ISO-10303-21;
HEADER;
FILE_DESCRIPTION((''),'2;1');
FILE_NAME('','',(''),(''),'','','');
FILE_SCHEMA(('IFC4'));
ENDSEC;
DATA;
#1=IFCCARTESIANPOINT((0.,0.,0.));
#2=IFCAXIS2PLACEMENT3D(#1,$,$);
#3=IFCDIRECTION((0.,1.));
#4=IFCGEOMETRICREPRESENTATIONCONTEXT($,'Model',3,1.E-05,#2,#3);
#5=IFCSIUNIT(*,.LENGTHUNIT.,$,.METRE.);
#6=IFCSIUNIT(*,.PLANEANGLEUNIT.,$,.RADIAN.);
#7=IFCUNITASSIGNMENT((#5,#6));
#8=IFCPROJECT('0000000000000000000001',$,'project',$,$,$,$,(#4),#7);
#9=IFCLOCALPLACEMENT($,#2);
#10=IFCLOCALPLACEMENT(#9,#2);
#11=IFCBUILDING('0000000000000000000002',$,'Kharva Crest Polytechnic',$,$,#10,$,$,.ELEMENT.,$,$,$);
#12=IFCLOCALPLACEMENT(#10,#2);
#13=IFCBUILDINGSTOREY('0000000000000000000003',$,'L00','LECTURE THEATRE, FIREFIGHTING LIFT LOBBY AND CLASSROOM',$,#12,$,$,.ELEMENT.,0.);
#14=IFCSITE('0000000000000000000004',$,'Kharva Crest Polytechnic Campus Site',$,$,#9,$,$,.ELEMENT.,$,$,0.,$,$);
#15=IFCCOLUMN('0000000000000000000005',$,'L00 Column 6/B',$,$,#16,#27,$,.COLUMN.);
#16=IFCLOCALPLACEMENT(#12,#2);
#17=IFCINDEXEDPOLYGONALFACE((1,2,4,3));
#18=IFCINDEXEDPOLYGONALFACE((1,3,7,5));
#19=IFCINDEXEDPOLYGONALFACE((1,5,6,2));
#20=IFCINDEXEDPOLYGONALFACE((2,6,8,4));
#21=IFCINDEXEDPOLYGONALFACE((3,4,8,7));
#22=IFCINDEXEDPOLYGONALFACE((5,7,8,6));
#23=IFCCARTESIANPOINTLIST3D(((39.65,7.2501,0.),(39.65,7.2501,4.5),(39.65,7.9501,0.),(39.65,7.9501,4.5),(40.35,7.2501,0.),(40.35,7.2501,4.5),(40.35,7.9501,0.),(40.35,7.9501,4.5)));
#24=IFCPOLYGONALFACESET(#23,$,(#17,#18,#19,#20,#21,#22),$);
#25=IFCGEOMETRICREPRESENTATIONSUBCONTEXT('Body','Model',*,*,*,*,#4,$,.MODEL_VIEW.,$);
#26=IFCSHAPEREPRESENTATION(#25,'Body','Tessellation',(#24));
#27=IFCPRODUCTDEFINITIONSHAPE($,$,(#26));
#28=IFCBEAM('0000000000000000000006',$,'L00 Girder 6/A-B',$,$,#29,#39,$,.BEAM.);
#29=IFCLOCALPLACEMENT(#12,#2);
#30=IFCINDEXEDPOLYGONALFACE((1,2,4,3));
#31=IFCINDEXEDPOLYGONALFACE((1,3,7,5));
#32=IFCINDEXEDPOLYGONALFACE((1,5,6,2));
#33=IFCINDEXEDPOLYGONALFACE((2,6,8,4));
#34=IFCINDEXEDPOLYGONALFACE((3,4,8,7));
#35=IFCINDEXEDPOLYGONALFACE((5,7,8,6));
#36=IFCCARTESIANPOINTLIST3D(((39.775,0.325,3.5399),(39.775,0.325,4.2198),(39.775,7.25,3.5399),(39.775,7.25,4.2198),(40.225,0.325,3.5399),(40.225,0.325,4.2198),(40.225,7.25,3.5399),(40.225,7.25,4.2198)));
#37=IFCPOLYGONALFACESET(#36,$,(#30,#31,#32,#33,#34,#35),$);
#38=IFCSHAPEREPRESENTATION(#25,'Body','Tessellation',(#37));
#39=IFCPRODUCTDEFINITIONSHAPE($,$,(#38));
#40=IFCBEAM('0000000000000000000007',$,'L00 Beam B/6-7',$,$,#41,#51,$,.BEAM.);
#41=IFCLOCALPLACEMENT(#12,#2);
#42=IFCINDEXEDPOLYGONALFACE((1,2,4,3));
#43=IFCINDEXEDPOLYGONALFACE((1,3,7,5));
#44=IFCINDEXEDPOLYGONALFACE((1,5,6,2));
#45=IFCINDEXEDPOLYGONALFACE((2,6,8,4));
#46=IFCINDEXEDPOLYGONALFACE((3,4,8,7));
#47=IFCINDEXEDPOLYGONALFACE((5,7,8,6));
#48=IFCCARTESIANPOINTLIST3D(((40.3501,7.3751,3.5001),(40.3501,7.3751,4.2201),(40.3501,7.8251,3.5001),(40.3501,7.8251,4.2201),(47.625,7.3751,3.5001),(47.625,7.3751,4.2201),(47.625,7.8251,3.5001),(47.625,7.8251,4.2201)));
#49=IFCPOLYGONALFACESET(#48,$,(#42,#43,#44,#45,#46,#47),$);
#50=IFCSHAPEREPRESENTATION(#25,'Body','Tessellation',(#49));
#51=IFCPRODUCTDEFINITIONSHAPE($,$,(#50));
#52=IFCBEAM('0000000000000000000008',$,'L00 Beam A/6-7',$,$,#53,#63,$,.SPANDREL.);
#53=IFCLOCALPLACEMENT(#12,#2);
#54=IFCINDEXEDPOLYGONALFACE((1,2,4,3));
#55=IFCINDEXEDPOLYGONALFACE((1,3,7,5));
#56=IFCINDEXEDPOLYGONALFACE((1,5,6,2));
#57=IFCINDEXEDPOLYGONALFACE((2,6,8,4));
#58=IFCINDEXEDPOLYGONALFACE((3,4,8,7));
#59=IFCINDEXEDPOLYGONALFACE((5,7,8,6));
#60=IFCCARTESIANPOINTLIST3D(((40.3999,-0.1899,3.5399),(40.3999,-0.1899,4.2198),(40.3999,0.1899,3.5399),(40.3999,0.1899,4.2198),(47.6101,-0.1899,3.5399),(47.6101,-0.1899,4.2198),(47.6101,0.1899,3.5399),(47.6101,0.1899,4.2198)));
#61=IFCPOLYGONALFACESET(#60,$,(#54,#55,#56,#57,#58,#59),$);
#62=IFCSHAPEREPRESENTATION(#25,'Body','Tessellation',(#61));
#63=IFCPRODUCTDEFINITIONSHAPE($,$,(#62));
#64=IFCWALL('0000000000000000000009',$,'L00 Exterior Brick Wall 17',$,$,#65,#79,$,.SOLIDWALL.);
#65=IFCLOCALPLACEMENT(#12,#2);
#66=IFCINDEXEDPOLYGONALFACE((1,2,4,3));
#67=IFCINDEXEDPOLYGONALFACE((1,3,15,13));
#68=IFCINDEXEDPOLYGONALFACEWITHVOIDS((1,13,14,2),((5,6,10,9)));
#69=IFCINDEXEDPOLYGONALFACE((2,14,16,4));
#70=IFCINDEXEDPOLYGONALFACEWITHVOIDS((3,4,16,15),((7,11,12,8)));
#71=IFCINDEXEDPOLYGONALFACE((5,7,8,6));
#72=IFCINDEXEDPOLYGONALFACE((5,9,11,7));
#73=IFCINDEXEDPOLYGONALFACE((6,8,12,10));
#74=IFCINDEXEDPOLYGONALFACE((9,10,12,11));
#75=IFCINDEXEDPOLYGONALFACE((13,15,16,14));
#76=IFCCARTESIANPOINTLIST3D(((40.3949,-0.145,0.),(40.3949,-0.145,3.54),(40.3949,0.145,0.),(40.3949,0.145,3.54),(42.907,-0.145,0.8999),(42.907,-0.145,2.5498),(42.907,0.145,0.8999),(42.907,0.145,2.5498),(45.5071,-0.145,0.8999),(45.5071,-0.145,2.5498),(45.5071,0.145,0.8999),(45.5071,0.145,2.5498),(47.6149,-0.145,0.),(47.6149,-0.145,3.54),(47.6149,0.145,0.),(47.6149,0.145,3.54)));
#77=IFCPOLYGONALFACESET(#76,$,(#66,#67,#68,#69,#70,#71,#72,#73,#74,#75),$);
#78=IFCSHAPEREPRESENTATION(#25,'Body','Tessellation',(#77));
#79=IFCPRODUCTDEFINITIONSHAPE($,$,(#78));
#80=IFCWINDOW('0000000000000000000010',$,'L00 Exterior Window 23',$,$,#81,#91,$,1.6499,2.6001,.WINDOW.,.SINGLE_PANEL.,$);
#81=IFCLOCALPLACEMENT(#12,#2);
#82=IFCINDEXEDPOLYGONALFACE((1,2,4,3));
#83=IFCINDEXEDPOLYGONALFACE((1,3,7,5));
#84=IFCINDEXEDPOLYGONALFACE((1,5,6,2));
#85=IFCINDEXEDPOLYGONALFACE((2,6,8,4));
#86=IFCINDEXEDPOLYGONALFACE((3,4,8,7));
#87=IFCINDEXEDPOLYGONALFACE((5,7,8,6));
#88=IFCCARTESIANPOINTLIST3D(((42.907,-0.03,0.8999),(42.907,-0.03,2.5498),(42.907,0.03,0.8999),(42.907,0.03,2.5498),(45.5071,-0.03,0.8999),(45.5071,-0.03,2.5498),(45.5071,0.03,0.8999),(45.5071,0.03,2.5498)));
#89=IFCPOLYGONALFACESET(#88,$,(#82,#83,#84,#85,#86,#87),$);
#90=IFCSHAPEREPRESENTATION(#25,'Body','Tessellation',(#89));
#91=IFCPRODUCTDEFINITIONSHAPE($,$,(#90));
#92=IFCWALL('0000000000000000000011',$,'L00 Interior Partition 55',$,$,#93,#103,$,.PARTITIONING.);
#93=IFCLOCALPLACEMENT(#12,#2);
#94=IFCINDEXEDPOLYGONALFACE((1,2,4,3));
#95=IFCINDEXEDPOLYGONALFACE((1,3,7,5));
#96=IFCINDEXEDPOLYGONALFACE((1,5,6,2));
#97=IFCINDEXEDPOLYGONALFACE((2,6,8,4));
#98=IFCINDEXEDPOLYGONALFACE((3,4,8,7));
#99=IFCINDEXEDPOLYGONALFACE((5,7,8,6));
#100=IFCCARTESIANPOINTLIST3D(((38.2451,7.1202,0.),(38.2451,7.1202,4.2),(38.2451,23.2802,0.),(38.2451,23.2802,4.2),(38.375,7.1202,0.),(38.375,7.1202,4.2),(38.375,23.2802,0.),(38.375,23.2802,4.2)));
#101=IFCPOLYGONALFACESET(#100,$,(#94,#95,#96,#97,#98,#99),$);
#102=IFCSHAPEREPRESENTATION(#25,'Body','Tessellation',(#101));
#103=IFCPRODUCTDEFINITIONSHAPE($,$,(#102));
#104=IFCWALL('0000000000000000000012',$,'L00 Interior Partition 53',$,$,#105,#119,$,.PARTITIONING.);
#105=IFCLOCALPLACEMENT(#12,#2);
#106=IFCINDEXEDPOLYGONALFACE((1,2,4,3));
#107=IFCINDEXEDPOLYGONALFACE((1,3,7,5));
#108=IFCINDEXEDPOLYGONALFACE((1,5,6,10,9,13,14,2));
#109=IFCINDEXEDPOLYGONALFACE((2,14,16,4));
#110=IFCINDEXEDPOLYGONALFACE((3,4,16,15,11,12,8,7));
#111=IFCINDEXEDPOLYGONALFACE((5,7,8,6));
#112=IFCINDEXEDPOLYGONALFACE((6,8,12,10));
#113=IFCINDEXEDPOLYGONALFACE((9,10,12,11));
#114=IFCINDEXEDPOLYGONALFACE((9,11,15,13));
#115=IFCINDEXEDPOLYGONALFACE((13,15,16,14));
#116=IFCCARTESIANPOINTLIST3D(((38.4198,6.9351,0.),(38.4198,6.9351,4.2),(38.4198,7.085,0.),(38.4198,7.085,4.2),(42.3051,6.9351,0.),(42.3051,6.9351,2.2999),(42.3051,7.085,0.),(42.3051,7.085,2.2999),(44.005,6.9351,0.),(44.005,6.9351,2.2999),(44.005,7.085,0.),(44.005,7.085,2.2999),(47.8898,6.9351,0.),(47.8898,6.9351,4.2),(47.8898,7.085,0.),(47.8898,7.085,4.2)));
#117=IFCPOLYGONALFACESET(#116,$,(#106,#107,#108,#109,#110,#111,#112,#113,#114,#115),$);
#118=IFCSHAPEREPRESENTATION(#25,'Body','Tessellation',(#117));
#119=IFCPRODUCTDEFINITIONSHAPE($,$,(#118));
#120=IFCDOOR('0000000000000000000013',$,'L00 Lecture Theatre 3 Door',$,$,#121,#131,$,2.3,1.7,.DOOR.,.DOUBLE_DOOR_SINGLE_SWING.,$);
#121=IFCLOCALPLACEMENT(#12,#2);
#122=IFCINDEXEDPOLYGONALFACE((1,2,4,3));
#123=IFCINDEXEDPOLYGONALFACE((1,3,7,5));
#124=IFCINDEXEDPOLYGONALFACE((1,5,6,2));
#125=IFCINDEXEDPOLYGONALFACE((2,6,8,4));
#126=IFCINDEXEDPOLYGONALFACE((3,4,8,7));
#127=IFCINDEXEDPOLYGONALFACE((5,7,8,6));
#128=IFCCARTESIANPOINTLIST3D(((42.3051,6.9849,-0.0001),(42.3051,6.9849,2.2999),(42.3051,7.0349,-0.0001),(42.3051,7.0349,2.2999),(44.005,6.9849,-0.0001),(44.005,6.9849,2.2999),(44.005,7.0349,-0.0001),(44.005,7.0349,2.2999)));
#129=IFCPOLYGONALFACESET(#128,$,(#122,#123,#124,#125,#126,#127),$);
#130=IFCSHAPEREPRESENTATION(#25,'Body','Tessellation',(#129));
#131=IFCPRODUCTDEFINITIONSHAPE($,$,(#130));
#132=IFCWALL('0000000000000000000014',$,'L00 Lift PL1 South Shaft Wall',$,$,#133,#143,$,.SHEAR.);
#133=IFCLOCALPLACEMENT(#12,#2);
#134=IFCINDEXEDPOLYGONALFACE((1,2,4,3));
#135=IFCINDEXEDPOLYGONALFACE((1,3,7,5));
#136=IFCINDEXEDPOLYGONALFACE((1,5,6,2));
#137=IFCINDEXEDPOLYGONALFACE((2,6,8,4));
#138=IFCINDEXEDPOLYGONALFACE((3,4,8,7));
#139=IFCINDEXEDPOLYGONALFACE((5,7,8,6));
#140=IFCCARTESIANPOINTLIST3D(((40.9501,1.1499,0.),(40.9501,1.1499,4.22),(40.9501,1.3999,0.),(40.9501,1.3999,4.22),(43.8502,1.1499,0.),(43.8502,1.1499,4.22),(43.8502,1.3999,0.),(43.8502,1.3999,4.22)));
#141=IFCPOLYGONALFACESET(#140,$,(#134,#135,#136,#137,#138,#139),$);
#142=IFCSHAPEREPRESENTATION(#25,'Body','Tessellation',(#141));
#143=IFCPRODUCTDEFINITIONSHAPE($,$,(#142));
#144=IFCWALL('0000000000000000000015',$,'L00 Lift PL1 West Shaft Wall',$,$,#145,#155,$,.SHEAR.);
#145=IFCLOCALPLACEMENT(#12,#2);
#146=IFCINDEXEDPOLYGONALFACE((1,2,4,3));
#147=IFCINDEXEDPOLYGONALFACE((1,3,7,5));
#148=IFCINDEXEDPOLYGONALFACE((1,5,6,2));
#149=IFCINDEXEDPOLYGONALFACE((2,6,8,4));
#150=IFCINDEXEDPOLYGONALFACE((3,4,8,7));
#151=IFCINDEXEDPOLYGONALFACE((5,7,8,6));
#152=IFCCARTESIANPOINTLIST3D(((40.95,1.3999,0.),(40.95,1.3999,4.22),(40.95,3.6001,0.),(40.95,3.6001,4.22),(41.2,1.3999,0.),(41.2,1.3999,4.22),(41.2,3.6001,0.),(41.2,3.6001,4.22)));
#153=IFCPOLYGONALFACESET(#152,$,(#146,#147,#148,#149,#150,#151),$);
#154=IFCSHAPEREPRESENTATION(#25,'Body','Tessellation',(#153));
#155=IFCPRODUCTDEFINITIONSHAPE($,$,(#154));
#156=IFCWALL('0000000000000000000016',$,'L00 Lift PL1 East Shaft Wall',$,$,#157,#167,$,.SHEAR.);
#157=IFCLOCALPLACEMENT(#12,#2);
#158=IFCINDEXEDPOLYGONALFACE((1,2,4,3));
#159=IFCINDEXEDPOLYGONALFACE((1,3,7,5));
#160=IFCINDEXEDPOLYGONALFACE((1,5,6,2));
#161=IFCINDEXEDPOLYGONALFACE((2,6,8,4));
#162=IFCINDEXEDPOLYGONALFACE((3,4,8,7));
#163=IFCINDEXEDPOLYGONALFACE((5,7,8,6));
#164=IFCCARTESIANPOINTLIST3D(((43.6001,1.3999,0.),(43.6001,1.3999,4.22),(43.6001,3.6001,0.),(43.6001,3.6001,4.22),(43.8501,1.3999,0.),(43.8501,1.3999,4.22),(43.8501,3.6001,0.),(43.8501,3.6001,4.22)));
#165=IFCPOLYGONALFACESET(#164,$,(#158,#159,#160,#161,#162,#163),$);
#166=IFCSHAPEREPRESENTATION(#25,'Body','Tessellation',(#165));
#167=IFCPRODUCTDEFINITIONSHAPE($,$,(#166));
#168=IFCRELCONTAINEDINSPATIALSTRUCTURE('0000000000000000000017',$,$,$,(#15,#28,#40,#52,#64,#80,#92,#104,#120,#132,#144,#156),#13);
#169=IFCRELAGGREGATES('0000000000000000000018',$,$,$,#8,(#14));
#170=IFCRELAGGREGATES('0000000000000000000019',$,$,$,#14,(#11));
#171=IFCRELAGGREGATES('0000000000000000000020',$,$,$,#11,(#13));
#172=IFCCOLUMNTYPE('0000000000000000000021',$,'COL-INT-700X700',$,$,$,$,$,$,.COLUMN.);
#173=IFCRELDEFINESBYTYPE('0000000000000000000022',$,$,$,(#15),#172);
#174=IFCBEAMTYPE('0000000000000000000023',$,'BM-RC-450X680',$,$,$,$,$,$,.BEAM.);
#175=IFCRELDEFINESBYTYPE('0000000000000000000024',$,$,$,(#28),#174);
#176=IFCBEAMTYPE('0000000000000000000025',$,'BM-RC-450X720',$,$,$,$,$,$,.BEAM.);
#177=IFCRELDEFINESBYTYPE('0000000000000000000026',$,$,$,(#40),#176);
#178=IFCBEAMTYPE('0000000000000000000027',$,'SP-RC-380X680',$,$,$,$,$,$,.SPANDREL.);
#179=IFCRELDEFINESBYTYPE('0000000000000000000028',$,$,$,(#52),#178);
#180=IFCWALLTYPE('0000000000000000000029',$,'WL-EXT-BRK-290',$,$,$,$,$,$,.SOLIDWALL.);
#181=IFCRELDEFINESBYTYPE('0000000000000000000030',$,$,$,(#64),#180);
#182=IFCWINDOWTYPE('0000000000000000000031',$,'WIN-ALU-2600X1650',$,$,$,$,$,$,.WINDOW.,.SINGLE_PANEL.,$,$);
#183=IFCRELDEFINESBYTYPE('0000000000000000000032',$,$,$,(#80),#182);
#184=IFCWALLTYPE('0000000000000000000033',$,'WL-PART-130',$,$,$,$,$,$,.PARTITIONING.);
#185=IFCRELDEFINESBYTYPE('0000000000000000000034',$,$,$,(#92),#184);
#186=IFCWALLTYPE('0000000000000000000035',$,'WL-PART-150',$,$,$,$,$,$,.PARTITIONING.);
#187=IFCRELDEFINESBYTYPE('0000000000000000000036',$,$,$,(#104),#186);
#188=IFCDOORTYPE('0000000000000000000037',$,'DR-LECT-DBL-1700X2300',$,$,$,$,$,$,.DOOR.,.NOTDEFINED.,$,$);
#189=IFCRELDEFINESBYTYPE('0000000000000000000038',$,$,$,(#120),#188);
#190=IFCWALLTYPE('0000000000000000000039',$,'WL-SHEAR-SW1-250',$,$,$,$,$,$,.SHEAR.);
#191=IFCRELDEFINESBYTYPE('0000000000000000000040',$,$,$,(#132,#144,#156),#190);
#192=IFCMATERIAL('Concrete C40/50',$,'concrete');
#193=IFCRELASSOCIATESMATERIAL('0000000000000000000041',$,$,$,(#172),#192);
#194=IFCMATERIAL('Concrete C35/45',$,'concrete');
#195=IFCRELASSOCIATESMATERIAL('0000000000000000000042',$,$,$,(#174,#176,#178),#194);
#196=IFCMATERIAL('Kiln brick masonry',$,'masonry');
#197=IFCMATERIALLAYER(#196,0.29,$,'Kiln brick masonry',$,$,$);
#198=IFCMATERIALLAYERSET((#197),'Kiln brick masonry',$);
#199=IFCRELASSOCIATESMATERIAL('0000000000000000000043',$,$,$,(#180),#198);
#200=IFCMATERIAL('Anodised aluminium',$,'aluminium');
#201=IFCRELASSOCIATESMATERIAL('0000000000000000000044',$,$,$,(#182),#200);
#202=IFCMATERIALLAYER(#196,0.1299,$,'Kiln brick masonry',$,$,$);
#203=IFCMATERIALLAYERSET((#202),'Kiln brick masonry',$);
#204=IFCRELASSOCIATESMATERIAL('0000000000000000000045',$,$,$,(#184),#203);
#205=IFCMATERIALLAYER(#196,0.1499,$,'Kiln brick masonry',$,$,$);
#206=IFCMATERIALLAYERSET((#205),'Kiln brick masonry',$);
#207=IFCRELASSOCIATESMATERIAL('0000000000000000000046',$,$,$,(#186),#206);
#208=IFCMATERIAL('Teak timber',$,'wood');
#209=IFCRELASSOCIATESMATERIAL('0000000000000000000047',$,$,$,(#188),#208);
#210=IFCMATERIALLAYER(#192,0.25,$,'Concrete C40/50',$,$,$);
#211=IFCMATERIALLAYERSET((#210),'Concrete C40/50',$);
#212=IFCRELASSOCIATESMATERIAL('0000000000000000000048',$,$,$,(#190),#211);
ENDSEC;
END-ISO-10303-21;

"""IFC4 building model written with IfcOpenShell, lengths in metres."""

from ifc_helpers import new_model, si_unit, direction, frame, frame_2d, origin, origin_2d, place, context, subcontext, project, spatial, rectangle, extrude, material, layer, layer_set, material_profile, profile_set, type_object, element, fill, save


model = new_model("IFC4")

# Units and contexts
model_context = context("Model", 3, precision=1e-05, world=origin(), true_north=direction((0.0, 1.0)))
body_context = subcontext(model_context, "Body", "Model", "MODEL_VIEW")
ifc_project = project(units=[si_unit("LENGTHUNIT", "METRE"), si_unit("PLANEANGLEUNIT", "RADIAN")], contexts=[model_context])

# Site, building, storey
site_placement = place(None, origin())
site = spatial("IfcSite", under=ifc_project, at=site_placement, Name="Kharva Crest Polytechnic Campus Site", CompositionType="ELEMENT", RefElevation=0.0)
building_placement = place(site_placement, origin())
building = spatial("IfcBuilding", under=site, at=building_placement, Name="Kharva Crest Polytechnic", CompositionType="ELEMENT")
storey_placement = place(building_placement, origin())
storey = spatial("IfcBuildingStorey", under=building, at=storey_placement, Name="L00", Description="LECTURE THEATRE, FIREFIGHTING LIFT LOBBY AND CLASSROOM", CompositionType="ELEMENT", Elevation=0.0)

# Shared definitions
ifc_material_1 = material(Name="Concrete C35/45", Category="concrete")

# Column
ifc_material_2 = material(Name="Concrete C40/50", Category="concrete")
ifc_material_profile_1 = material_profile(ifc_material_2, rectangle(XDim=0.7, YDim=0.7, at=origin_2d()), Name="RECT 700 X 700")
ifc_profile_set_1 = profile_set([ifc_material_profile_1], Name="Concrete C40/50")
column_type_1 = type_object("IfcColumnType", Name="COL-INT-700X700", PredefinedType="COLUMN", material=ifc_profile_set_1)
column_1_placement = place(storey_placement, frame((40.0, 7.6001, 0.0), z_axis=(0.0, 0.0, 1.0), x_axis=(1.0, 0.0, 0.0)))
element("IfcColumn", 1, at=column_1_placement, inside=storey, type_object=column_type_1, Name="L00 Column 6/B", PredefinedType="COLUMN", context=body_context, shape_type="SweptSolid", body=[
    extrude(rectangle(XDim=0.7, YDim=0.7, at=origin_2d()), origin(), (0.0, 0.0, 1.0), 4.5),
])

# Beams
ifc_material_profile_2 = material_profile(ifc_material_1, rectangle(XDim=0.45, YDim=0.6799, at=origin_2d()), Name="RECT 450 X 680")
ifc_profile_set_2 = profile_set([ifc_material_profile_2], Name="Concrete C35/45")
beam_type_1 = type_object("IfcBeamType", Name="BM-RC-450X680", PredefinedType="BEAM", material=ifc_profile_set_2)
beam_1_placement = place(storey_placement, frame((40.0, 0.325, 3.8799), z_axis=(0.0, 1.0, 0.0), x_axis=(-1.0, 0.0, 0.0)))
element("IfcBeam", 2, at=beam_1_placement, inside=storey, type_object=beam_type_1, Name="L00 Girder 6/A-B", PredefinedType="BEAM", context=body_context, shape_type="SweptSolid", body=[
    extrude(rectangle(XDim=0.45, YDim=0.6799, at=origin_2d()), origin(), (0.0, 0.0, 1.0), 6.925),
])
ifc_material_profile_3 = material_profile(ifc_material_1, rectangle(XDim=0.45, YDim=0.72, at=origin_2d()), Name="RECT 450 X 720")
ifc_profile_set_3 = profile_set([ifc_material_profile_3], Name="Concrete C35/45")
beam_type_2 = type_object("IfcBeamType", Name="BM-RC-450X720", PredefinedType="BEAM", material=ifc_profile_set_3)
beam_2_placement = place(storey_placement, frame((40.3501, 7.6001, 3.8601), z_axis=(1.0, 0.0, 0.0), x_axis=(0.0, 1.0, 0.0)))
element("IfcBeam", 3, at=beam_2_placement, inside=storey, type_object=beam_type_2, Name="L00 Beam B/6-7", PredefinedType="BEAM", context=body_context, shape_type="SweptSolid", body=[
    extrude(rectangle(XDim=0.45, YDim=0.72, at=origin_2d()), origin(), (0.0, 0.0, 1.0), 7.2749),
])
ifc_material_profile_4 = material_profile(ifc_material_1, rectangle(XDim=0.3799, YDim=0.6799, at=origin_2d()), Name="RECT 380 X 680")
ifc_profile_set_4 = profile_set([ifc_material_profile_4], Name="Concrete C35/45")
beam_type_3 = type_object("IfcBeamType", Name="SP-RC-380X680", PredefinedType="SPANDREL", material=ifc_profile_set_4)
beam_3_placement = place(storey_placement, frame((40.3999, 0.0, 3.8799), z_axis=(1.0, 0.0, 0.0), x_axis=(0.0, 1.0, 0.0)))
element("IfcBeam", 4, at=beam_3_placement, inside=storey, type_object=beam_type_3, Name="L00 Beam A/6-7", PredefinedType="SPANDREL", context=body_context, shape_type="SweptSolid", body=[
    extrude(rectangle(XDim=0.3799, YDim=0.6799, at=origin_2d()), origin(), (0.0, 0.0, 1.0), 7.2102),
])

# Wall, opening, window
ifc_material_3 = material(Name="Kiln brick masonry", Category="masonry")
ifc_layer_1 = layer(ifc_material_3, 0.29, Name="Kiln brick masonry")
ifc_layer_set_1 = layer_set([ifc_layer_1], Name="Kiln brick masonry")
wall_type_1 = type_object("IfcWallType", Name="WL-EXT-BRK-290", PredefinedType="SOLIDWALL", material=ifc_layer_set_1)
wall_1_placement = place(storey_placement, frame((40.395, 0.0, 0.0), z_axis=(0.0, 0.0, 1.0), x_axis=(1.0, 0.0, 0.0)))
wall_1 = element("IfcWall", 5, at=wall_1_placement, inside=storey, type_object=wall_type_1, Name="L00 Exterior Brick Wall 17", PredefinedType="SOLIDWALL", context=body_context, shape_type="SweptSolid", body=[
    extrude(rectangle(XDim=7.22, YDim=0.29, at=frame_2d((3.6099, 0.0))), origin(), (0.0, 0.0, 1.0), 3.54),
])
opening_1_placement = place(wall_1_placement, frame((2.512, 0.0, 0.8999)))
opening_1 = element("IfcOpeningElement", 6, at=opening_1_placement, cuts=wall_1, PredefinedType="OPENING", context=body_context, shape_type="SweptSolid", body=[
    extrude(rectangle(XDim=2.6001, YDim=1.6499, at=frame_2d((1.3, 0.825))), frame((0.0, 0.155, 0.0), z_axis=(0.0, -1.0, 0.0), x_axis=(1.0, 0.0, 0.0)), (0.0, 0.0, 1.0), 0.3101),
])
ifc_material_4 = material(Name="Anodised aluminium", Category="aluminium")
window_type = type_object("IfcWindowType", Name="WIN-ALU-2600X1650", PartitioningType="SINGLE_PANEL", PredefinedType="WINDOW", material=ifc_material_4)
window_placement = place(opening_1_placement, origin())
window = element("IfcWindow", 7, at=window_placement, inside=storey, type_object=window_type, Name="L00 Exterior Window 23", OverallHeight=1.6499, OverallWidth=2.6001, PartitioningType="SINGLE_PANEL", PredefinedType="WINDOW", context=body_context, shape_type="SweptSolid", body=[
    extrude(rectangle(XDim=2.6001, YDim=1.6499, at=frame_2d((1.3, 0.825))), frame((0.0, 0.03, 0.0), z_axis=(0.0, -1.0, 0.0), x_axis=(1.0, 0.0, 0.0)), (0.0, 0.0, 1.0), 0.0601),
])
fill(opening_1, window)

# Wall
ifc_layer_2 = layer(ifc_material_3, 0.1299, Name="Kiln brick masonry")
ifc_layer_set_2 = layer_set([ifc_layer_2], Name="Kiln brick masonry")
wall_type_2 = type_object("IfcWallType", Name="WL-PART-130", PredefinedType="PARTITIONING", material=ifc_layer_set_2)
wall_2_placement = place(storey_placement, frame((38.3101, 7.1201, 0.0), z_axis=(0.0, 0.0, 1.0), x_axis=(0.0, 1.0, 0.0)))
element("IfcWall", 8, at=wall_2_placement, inside=storey, type_object=wall_type_2, Name="L00 Interior Partition 55", PredefinedType="PARTITIONING", context=body_context, shape_type="SweptSolid", body=[
    extrude(rectangle(XDim=16.1599, YDim=0.1299, at=frame_2d((8.0801, 0.0))), origin(), (0.0, 0.0, 1.0), 4.2),
])

# Wall, opening, door
ifc_layer_3 = layer(ifc_material_3, 0.1499, Name="Kiln brick masonry")
ifc_layer_set_3 = layer_set([ifc_layer_3], Name="Kiln brick masonry")
wall_type_3 = type_object("IfcWallType", Name="WL-PART-150", PredefinedType="PARTITIONING", material=ifc_layer_set_3)
wall_3_placement = place(storey_placement, frame((38.4199, 7.01, 0.0), z_axis=(0.0, 0.0, 1.0), x_axis=(1.0, 0.0, 0.0)))
wall_3 = element("IfcWall", 9, at=wall_3_placement, inside=storey, type_object=wall_type_3, Name="L00 Interior Partition 53", PredefinedType="PARTITIONING", context=body_context, shape_type="SweptSolid", body=[
    extrude(rectangle(XDim=9.47, YDim=0.1499, at=frame_2d((4.7349, 0.0))), origin(), (0.0, 0.0, 1.0), 4.2),
])
opening_2_placement = place(wall_3_placement, frame((3.885, 0.0, 0.0)))
opening_2 = element("IfcOpeningElement", 10, at=opening_2_placement, cuts=wall_3, PredefinedType="OPENING", context=body_context, shape_type="SweptSolid", body=[
    extrude(rectangle(XDim=1.7, YDim=2.3, at=frame_2d((0.8501, 1.1499))), frame((0.0, 0.085, 0.0), z_axis=(0.0, -1.0, 0.0), x_axis=(1.0, 0.0, 0.0)), (0.0, 0.0, 1.0), 0.1699),
])
ifc_material_5 = material(Name="Teak timber", Category="wood")
door_type_1 = type_object("IfcDoorType", Name="DR-LECT-DBL-1700X2300", OperationType="NOTDEFINED", PredefinedType="DOOR", material=ifc_material_5)
door_1_placement = place(opening_2_placement, origin())
door_1 = element("IfcDoor", 11, at=door_1_placement, inside=storey, type_object=door_type_1, Name="L00 Lecture Theatre 3 Door", OperationType="DOUBLE_DOOR_SINGLE_SWING", OverallHeight=2.3, OverallWidth=1.7, PredefinedType="DOOR", context=body_context, shape_type="SweptSolid", body=[
    extrude(rectangle(XDim=1.7, YDim=2.3, at=frame_2d((0.8501, 1.1499))), frame((0.0, 0.0249, 0.0), z_axis=(0.0, -1.0, 0.0), x_axis=(1.0, 0.0, 0.0)), (0.0, 0.0, 1.0), 0.05),
])
fill(opening_2, door_1)

# Wall
ifc_layer_4 = layer(ifc_material_2, 0.25, Name="Concrete C40/50")
ifc_layer_set_4 = layer_set([ifc_layer_4], Name="Concrete C40/50")
wall_type_4 = type_object("IfcWallType", Name="WL-SHEAR-SW1-250", PredefinedType="SHEAR", material=ifc_layer_set_4)
wall_4_placement = place(storey_placement, frame((40.95, 1.2749, 0.0), z_axis=(0.0, 0.0, 1.0), x_axis=(1.0, 0.0, 0.0)))
element("IfcWall", 12, at=wall_4_placement, inside=storey, type_object=wall_type_4, Name="L00 Lift PL1 South Shaft Wall", PredefinedType="SHEAR", context=body_context, shape_type="SweptSolid", body=[
    extrude(rectangle(XDim=2.9001, YDim=0.25, at=frame_2d((1.4502, 0.0))), origin(), (0.0, 0.0, 1.0), 4.22),
])

# Walls
for number, where, z_axis, x_axis, name in (
    (13, (41.075, 1.3999, 0.0), (0.0, 0.0, 1.0), (0.0, 1.0, 0.0), "L00 Lift PL1 West Shaft Wall"),
    (14, (43.7251, 1.3999, 0.0), (0.0, 0.0, 1.0), (0.0, 1.0, 0.0), "L00 Lift PL1 East Shaft Wall"),
):
    element("IfcWall", number, at=place(storey_placement, frame(where, z_axis=z_axis, x_axis=x_axis)), inside=storey, type_object=wall_type_4, Name=name, PredefinedType="SHEAR", context=body_context, shape_type="SweptSolid", body=[
        extrude(rectangle(XDim=2.2002, YDim=0.25, at=frame_2d((1.1001, 0.0))), origin(), (0.0, 0.0, 1.0), 4.22),
    ])

save(model, "model.ifc")
